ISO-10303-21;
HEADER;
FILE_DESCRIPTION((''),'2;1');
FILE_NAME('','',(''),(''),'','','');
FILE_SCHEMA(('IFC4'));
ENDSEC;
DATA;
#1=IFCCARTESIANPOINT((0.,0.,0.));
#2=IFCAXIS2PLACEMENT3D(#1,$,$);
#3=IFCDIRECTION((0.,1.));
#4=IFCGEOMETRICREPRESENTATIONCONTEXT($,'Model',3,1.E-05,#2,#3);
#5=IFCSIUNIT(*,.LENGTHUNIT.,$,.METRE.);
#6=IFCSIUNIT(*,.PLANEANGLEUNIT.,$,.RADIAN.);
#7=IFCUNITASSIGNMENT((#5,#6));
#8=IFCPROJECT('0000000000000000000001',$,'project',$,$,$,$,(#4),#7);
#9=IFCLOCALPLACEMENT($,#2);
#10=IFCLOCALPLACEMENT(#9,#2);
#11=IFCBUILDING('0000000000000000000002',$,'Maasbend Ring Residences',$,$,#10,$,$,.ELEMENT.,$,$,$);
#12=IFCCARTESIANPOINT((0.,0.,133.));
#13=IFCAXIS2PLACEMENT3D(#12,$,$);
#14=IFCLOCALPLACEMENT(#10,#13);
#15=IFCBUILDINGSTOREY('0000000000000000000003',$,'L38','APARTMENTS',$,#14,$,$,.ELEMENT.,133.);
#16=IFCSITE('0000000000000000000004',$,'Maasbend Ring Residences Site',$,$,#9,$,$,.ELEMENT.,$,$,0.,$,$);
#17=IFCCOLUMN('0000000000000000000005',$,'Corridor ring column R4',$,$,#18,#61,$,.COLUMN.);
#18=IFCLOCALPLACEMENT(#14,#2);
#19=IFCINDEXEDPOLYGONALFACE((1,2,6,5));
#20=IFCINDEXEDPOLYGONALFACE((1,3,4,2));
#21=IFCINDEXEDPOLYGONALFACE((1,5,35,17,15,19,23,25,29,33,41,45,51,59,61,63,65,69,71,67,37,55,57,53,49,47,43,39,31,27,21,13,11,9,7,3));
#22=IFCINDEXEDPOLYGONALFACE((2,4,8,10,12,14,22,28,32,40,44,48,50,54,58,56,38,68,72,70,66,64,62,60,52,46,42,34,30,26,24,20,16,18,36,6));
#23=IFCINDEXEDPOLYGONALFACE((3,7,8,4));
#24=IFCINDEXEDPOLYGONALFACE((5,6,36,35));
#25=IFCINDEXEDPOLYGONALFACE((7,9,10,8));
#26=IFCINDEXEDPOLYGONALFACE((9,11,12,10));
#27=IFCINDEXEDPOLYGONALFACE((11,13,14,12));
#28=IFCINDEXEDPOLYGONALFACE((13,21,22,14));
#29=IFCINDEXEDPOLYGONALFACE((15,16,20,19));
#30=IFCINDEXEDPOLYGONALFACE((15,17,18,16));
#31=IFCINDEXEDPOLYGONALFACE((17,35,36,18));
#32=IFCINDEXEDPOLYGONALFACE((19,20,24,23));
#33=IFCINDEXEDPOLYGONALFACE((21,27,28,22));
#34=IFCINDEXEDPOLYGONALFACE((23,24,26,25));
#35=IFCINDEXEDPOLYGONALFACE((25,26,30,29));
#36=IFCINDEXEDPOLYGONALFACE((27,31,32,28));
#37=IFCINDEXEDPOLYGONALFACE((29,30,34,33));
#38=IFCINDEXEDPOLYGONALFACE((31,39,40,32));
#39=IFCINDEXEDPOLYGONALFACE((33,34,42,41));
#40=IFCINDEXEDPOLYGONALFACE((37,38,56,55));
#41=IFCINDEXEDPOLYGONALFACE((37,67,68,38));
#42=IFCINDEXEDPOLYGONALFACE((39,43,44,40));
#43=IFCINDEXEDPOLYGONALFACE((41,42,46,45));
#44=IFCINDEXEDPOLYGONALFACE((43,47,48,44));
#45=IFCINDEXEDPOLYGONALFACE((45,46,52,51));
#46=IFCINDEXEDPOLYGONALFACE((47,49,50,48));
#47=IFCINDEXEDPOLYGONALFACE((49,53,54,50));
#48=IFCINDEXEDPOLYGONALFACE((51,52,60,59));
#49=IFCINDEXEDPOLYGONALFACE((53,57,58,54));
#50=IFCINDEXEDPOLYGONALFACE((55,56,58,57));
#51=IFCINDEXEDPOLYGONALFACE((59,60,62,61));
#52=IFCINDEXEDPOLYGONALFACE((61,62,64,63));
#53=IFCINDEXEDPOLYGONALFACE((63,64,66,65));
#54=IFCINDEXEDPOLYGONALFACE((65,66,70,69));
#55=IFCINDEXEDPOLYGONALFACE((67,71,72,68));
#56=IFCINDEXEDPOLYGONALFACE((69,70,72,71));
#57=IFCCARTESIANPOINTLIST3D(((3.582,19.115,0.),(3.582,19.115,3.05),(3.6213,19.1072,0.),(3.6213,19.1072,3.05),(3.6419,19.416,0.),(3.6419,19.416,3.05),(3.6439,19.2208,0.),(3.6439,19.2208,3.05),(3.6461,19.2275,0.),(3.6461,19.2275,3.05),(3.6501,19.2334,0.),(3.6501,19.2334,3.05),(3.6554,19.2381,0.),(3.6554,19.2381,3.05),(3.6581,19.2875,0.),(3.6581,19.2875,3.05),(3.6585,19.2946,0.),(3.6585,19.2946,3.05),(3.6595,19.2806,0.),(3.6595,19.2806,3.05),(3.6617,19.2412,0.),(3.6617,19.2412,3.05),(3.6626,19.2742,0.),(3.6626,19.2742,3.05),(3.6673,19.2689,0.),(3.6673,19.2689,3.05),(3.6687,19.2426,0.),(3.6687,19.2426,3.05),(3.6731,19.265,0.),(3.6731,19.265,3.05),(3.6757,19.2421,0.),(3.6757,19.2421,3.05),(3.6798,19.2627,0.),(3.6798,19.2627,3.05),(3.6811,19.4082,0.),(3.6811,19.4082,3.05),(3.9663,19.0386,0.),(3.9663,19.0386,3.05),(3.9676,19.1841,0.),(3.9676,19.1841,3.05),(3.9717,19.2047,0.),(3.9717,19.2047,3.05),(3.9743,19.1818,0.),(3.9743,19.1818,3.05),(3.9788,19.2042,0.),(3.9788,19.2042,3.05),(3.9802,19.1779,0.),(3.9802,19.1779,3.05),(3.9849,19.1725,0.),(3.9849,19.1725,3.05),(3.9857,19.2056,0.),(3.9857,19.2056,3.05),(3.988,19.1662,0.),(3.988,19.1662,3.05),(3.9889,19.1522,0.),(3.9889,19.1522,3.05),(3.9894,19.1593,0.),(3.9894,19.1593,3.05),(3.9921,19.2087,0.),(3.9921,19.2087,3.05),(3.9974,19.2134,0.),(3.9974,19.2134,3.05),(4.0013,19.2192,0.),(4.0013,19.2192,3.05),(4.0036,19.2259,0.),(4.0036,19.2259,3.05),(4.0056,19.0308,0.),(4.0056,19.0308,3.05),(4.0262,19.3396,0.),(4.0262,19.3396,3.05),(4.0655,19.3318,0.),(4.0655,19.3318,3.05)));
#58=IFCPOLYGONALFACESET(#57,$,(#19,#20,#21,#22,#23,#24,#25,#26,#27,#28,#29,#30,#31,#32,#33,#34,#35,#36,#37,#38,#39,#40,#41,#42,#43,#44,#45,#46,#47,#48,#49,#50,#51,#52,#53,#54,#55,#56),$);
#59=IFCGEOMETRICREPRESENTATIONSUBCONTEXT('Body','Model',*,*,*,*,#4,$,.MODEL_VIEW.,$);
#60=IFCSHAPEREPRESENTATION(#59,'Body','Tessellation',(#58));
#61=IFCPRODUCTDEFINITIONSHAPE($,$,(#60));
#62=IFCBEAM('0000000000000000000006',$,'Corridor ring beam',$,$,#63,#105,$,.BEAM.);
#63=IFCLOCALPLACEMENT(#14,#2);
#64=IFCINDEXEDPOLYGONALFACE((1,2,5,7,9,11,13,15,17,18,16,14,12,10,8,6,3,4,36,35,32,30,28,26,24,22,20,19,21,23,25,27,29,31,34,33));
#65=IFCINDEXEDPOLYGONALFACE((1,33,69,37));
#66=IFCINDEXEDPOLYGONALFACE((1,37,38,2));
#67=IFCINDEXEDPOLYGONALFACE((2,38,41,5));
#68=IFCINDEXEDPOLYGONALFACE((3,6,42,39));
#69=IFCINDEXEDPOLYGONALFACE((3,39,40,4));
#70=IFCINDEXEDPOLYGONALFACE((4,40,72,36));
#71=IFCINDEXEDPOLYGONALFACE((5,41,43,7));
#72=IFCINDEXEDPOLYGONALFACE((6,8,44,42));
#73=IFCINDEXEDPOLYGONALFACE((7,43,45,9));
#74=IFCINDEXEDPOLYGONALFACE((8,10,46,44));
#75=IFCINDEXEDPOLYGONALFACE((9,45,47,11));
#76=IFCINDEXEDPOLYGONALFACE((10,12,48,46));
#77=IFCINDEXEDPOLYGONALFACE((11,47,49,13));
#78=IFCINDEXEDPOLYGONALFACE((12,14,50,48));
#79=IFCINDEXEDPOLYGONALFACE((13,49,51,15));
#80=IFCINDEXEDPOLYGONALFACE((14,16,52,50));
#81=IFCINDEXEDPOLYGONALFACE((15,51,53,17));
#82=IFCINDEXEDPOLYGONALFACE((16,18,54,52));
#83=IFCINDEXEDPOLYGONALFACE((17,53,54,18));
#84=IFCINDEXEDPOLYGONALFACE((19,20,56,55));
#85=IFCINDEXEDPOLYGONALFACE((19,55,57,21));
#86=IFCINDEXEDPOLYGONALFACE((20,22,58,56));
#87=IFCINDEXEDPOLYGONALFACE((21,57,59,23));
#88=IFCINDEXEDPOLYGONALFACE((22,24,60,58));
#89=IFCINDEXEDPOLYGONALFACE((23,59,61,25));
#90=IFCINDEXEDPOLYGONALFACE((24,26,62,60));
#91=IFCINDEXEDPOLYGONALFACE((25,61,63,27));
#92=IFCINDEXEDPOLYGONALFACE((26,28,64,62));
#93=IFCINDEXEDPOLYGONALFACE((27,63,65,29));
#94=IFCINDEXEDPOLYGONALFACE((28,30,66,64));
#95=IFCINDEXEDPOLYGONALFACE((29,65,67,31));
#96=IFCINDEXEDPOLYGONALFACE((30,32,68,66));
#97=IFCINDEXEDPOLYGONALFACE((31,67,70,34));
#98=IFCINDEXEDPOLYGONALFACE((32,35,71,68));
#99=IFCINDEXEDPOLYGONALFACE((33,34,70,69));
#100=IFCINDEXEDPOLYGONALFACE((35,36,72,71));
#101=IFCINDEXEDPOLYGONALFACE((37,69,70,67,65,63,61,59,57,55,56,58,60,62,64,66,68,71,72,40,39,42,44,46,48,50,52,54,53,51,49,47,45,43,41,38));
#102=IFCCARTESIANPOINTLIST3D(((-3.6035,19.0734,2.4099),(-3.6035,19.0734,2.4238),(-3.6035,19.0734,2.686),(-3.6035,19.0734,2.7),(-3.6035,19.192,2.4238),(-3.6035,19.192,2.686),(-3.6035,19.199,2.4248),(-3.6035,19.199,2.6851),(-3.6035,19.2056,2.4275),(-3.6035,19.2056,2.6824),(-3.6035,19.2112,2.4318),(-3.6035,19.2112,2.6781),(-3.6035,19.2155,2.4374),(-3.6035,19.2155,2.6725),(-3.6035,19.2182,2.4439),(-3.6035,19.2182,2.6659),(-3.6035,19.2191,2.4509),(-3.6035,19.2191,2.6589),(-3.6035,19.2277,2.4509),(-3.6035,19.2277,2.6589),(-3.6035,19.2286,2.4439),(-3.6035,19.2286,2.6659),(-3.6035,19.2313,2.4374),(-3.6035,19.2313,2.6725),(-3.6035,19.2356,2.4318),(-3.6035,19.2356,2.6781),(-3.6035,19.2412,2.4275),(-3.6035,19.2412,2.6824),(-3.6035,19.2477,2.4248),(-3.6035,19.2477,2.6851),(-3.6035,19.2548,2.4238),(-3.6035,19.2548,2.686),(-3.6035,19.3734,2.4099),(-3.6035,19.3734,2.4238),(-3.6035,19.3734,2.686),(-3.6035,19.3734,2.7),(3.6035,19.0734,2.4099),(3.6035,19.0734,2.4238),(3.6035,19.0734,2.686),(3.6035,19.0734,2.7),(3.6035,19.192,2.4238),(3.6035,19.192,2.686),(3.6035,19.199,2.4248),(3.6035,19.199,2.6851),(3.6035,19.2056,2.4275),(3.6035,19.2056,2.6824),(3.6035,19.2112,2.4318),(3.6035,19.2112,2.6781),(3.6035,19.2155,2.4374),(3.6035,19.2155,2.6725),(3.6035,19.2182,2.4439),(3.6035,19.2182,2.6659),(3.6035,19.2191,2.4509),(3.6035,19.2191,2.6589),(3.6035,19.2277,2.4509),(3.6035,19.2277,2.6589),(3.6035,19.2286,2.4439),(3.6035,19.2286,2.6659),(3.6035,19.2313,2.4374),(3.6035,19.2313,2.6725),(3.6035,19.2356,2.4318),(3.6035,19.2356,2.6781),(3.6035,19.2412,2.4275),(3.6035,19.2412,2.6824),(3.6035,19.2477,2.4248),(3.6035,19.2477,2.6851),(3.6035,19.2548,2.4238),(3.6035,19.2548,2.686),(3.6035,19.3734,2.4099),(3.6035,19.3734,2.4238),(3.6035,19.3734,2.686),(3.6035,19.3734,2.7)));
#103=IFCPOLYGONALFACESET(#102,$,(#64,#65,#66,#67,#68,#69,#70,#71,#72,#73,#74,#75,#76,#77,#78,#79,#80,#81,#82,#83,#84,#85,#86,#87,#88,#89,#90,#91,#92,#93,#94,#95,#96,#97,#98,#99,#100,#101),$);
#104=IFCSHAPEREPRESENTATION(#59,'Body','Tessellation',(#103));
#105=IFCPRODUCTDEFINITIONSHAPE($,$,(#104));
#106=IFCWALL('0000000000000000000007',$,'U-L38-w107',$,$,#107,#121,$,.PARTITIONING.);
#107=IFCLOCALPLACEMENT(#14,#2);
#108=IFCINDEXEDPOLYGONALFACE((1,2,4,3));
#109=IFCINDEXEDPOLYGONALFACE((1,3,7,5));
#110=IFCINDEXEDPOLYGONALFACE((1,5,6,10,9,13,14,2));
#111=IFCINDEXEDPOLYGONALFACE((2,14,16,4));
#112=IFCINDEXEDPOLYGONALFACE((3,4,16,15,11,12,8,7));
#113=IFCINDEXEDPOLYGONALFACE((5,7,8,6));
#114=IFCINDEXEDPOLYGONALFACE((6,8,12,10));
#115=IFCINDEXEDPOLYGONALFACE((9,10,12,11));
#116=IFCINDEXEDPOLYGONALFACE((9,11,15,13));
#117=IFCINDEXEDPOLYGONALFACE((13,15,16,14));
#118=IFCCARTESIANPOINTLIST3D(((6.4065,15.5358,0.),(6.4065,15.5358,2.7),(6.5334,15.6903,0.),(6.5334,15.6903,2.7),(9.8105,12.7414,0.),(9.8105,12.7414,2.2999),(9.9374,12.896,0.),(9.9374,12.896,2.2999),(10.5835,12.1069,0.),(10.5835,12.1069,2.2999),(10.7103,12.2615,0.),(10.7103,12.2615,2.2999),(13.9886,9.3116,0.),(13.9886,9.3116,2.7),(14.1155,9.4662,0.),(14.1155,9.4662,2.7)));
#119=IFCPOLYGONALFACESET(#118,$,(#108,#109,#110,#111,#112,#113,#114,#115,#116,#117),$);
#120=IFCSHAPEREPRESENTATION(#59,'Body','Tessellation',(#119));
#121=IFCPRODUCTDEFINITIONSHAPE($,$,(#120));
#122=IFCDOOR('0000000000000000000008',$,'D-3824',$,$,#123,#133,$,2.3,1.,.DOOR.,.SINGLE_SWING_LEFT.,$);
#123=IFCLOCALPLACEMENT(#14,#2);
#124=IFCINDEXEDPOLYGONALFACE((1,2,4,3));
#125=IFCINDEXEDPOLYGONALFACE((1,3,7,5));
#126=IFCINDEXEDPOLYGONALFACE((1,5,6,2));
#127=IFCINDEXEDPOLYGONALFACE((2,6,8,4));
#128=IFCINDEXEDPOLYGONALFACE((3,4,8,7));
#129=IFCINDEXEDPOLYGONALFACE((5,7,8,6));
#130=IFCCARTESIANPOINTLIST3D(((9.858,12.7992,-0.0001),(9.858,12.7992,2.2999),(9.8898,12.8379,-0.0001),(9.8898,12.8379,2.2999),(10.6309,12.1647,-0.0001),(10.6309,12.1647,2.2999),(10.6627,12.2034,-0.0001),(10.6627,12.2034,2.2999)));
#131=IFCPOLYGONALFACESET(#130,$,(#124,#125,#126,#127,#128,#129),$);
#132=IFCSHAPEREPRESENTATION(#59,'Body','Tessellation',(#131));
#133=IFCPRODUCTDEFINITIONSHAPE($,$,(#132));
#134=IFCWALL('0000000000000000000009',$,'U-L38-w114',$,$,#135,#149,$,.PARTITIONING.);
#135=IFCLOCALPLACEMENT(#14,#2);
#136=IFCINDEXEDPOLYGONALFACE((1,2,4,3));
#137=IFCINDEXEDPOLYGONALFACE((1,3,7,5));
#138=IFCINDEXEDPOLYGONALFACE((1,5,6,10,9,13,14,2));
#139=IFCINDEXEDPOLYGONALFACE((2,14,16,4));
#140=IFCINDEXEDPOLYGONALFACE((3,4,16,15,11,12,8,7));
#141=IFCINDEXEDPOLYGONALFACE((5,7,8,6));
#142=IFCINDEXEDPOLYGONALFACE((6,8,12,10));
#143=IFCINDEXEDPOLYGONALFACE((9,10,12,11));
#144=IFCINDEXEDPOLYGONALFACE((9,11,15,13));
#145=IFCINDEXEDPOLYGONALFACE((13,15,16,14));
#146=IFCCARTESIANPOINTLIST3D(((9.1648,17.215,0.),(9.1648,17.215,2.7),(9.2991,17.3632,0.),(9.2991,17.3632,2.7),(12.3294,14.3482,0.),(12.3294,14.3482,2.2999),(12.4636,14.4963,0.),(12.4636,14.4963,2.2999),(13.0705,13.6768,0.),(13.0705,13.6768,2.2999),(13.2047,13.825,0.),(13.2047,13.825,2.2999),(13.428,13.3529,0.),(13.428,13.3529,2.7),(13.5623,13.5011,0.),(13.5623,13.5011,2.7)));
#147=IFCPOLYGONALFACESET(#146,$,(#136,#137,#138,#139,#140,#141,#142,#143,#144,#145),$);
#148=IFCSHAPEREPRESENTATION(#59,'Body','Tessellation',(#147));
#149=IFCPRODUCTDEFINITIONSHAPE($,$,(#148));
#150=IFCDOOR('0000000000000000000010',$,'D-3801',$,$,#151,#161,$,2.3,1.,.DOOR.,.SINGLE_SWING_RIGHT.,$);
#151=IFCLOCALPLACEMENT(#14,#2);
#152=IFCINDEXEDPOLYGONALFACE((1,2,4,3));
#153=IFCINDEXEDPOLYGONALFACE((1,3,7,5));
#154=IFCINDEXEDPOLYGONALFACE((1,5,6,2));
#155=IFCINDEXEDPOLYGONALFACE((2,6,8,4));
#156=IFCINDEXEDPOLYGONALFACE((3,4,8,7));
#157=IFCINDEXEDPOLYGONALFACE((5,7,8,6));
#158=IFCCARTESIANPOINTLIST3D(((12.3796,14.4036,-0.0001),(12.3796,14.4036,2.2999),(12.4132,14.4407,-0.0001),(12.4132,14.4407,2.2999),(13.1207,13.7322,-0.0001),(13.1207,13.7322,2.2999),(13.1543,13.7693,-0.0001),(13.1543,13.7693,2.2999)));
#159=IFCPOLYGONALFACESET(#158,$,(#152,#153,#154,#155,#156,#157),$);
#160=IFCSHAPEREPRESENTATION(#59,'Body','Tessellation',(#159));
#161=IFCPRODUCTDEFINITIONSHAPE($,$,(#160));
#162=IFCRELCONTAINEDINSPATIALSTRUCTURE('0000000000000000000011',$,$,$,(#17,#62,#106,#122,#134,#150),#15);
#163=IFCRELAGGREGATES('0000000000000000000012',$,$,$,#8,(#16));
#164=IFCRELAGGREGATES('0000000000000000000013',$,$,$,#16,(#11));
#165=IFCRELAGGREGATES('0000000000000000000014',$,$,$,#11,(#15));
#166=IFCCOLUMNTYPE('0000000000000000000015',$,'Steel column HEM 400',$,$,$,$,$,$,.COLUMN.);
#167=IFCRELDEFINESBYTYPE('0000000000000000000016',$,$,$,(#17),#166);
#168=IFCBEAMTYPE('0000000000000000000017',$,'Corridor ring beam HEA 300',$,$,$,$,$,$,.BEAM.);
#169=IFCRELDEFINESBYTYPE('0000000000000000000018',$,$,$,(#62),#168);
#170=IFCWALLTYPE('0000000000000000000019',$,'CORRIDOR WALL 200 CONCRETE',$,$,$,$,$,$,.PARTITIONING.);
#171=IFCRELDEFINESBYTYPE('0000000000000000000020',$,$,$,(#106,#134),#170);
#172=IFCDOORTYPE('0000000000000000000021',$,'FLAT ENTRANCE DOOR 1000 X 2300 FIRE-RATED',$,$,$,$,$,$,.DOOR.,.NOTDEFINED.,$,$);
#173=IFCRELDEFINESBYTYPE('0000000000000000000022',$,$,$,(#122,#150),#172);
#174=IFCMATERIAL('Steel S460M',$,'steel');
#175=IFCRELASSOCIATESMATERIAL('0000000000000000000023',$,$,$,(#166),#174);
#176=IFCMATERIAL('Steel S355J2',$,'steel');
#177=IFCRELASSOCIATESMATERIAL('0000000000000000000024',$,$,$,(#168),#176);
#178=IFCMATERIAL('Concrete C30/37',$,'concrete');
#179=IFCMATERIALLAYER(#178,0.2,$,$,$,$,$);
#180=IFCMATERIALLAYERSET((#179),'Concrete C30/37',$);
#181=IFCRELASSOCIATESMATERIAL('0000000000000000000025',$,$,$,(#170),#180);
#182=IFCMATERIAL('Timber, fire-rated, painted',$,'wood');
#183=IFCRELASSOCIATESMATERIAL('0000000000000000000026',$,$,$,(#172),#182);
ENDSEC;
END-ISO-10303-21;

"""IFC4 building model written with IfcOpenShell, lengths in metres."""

from ifc_helpers import new_model, si_unit, direction, frame, frame_2d, origin, origin_2d, place, context, subcontext, project, spatial, rectangle, i_section, extrude, material, layer, layer_set, material_profile, profile_set, type_object, element, fill, save


model = new_model("IFC4")

# Units and contexts
model_context = context("Model", 3, precision=1e-05, world=origin(), true_north=direction((0.0, 1.0)))
body_context = subcontext(model_context, "Body", "Model", "MODEL_VIEW")
ifc_project = project(units=[si_unit("LENGTHUNIT", "METRE"), si_unit("PLANEANGLEUNIT", "RADIAN")], contexts=[model_context])

# Site, building, storey
site_placement = place(None, origin())
site = spatial("IfcSite", under=ifc_project, at=site_placement, Name="Maasbend Ring Residences Site", CompositionType="ELEMENT", RefElevation=0.0)
building_placement = place(site_placement, origin())
building = spatial("IfcBuilding", under=site, at=building_placement, Name="Maasbend Ring Residences", CompositionType="ELEMENT")
storey_placement = place(building_placement, frame((0.0, 0.0, 133.0)))
storey = spatial("IfcBuildingStorey", under=building, at=storey_placement, Name="L38", Description="APARTMENTS", CompositionType="ELEMENT", Elevation=133.0)

# Column
ifc_material_1 = material(Name="Steel S460M", Category="steel")
ifc_material_profile_1 = material_profile(ifc_material_1, i_section(OverallWidth=0.3069, OverallDepth=0.4319, WebThickness=0.021, FlangeThickness=0.04, FilletRadius=0.0271, at=origin_2d()), Name="HEM 400")
ifc_profile_set_1 = profile_set([ifc_material_profile_1], Name="Steel S460M")
column_type = type_object("IfcColumnType", Name="Steel column HEM 400", PredefinedType="COLUMN", material=ifc_profile_set_1)
column_placement = place(storey_placement, frame((3.8237, 19.2234, 0.0), z_axis=(0.0, 0.0, 1.0), x_axis=(0.19509, 0.980785, 0.0)))
element("IfcColumn", 1, at=column_placement, inside=storey, type_object=column_type, Name="Corridor ring column R4", PredefinedType="COLUMN", context=body_context, shape_type="SweptSolid", body=[
    extrude(i_section(OverallWidth=0.3069, OverallDepth=0.4319, WebThickness=0.021, FlangeThickness=0.04, FilletRadius=0.0271, at=origin_2d()), origin(), (0.0, 0.0, 1.0), 3.05),
])

# Beam
ifc_material_2 = material(Name="Steel S355J2", Category="steel")
ifc_material_profile_2 = material_profile(ifc_material_2, i_section(OverallWidth=0.3, OverallDepth=0.29, WebThickness=0.0085, FlangeThickness=0.0139, FilletRadius=0.0271, at=origin_2d()), Name="HEA 300")
ifc_profile_set_2 = profile_set([ifc_material_profile_2], Name="Steel S355J2")
beam_type = type_object("IfcBeamType", Name="Corridor ring beam HEA 300", PredefinedType="BEAM", material=ifc_profile_set_2)
beam_placement = place(storey_placement, frame((3.6035, 19.2234, 2.5549), z_axis=(-1.0, 0.0, 0.0), x_axis=(0.0, -1.0, 0.0)))
element("IfcBeam", 2, at=beam_placement, inside=storey, type_object=beam_type, Name="Corridor ring beam", PredefinedType="BEAM", context=body_context, shape_type="SweptSolid", body=[
    extrude(i_section(OverallWidth=0.3, OverallDepth=0.29, WebThickness=0.0085, FlangeThickness=0.0139, FilletRadius=0.0271, at=origin_2d()), origin(), (0.0, 0.0, 1.0), 7.207),
])

# Walls, openings, doors
ifc_material_3 = material(Name="Concrete C30/37", Category="concrete")
ifc_layer_1 = layer(ifc_material_3, 0.2)
ifc_layer_set_1 = layer_set([ifc_layer_1], Name="Concrete C30/37")
wall_type_1 = type_object("IfcWallType", Name="CORRIDOR WALL 200 CONCRETE", PredefinedType="PARTITIONING", material=ifc_layer_set_1)
wall_1_placement = place(storey_placement, frame((6.47, 15.613, 0.0), z_axis=(0.0, 0.0, 1.0), x_axis=(0.772925, -0.634497, 0.0)))
wall_1 = element("IfcWall", 3, at=wall_1_placement, inside=storey, type_object=wall_type_1, Name="U-L38-w107", PredefinedType="PARTITIONING", context=body_context, shape_type="SweptSolid", body=[
    extrude(rectangle(XDim=9.8096, YDim=0.2, at=frame_2d((4.9048, 0.0))), origin(), (0.0, 0.0, 1.0), 2.7),
])
opening_1_placement = place(wall_1_placement, frame((4.4041, 0.0, 0.0)))
opening_1 = element("IfcOpeningElement", 4, at=opening_1_placement, cuts=wall_1, PredefinedType="OPENING", context=body_context, shape_type="SweptSolid", body=[
    extrude(rectangle(XDim=1.0, YDim=2.3, at=frame_2d((0.5, 1.1499))), frame((0.0, 0.1099, 0.0), z_axis=(0.0, -1.0, 0.0), x_axis=(1.0, 0.0, 0.0)), (0.0, 0.0, 1.0), 0.22),
])
ifc_material_4 = material(Name="Timber, fire-rated, painted", Category="wood")
door_type_1 = type_object("IfcDoorType", Name="FLAT ENTRANCE DOOR 1000 X 2300 FIRE-RATED", OperationType="NOTDEFINED", PredefinedType="DOOR", material=ifc_material_4)
door_1_placement = place(opening_1_placement, origin())
door_1 = element("IfcDoor", 5, at=door_1_placement, inside=storey, type_object=door_type_1, Name="D-3824", OperationType="SINGLE_SWING_LEFT", OverallHeight=2.3, OverallWidth=1.0, PredefinedType="DOOR", context=body_context, shape_type="SweptSolid", body=[
    extrude(rectangle(XDim=1.0, YDim=2.3, at=frame_2d((0.5, 1.1499))), frame((0.0, 0.0249, 0.0), z_axis=(0.0, -1.0, 0.0), x_axis=(1.0, 0.0, 0.0)), (0.0, 0.0, 1.0), 0.05),
])
fill(opening_1, door_1)
wall_2_placement = place(storey_placement, frame((9.2319, 17.2891, 0.0), z_axis=(0.0, 0.0, 1.0), x_axis=(0.741112, -0.671381, 0.0)))
wall_2 = element("IfcWall", 6, at=wall_2_placement, inside=storey, type_object=wall_type_1, Name="U-L38-w114", PredefinedType="PARTITIONING", context=body_context, shape_type="SweptSolid", body=[
    extrude(rectangle(XDim=5.7524, YDim=0.2, at=frame_2d((2.8762, 0.0))), origin(), (0.0, 0.0, 1.0), 2.7),
])
opening_2_placement = place(wall_2_placement, frame((4.27, 0.0, 0.0)))
opening_2 = element("IfcOpeningElement", 7, at=opening_2_placement, cuts=wall_2, PredefinedType="OPENING", context=body_context, shape_type="SweptSolid", body=[
    extrude(rectangle(XDim=1.0, YDim=2.3, at=frame_2d((0.5, 1.1499))), frame((0.0, 0.1099, 0.0), z_axis=(0.0, -1.0, 0.0), x_axis=(1.0, 0.0, 0.0)), (0.0, 0.0, 1.0), 0.22),
])
door_2_placement = place(opening_2_placement, origin())
door_2 = element("IfcDoor", 8, at=door_2_placement, inside=storey, type_object=door_type_1, Name="D-3801", OperationType="SINGLE_SWING_RIGHT", OverallHeight=2.3, OverallWidth=1.0, PredefinedType="DOOR", context=body_context, shape_type="SweptSolid", body=[
    extrude(rectangle(XDim=1.0, YDim=2.3, at=frame_2d((0.5, 1.1499))), frame((0.0, 0.0249, 0.0), z_axis=(0.0, -1.0, 0.0), x_axis=(1.0, 0.0, 0.0)), (0.0, 0.0, 1.0), 0.05),
])
fill(opening_2, door_2)

save(model, "model.ifc")
